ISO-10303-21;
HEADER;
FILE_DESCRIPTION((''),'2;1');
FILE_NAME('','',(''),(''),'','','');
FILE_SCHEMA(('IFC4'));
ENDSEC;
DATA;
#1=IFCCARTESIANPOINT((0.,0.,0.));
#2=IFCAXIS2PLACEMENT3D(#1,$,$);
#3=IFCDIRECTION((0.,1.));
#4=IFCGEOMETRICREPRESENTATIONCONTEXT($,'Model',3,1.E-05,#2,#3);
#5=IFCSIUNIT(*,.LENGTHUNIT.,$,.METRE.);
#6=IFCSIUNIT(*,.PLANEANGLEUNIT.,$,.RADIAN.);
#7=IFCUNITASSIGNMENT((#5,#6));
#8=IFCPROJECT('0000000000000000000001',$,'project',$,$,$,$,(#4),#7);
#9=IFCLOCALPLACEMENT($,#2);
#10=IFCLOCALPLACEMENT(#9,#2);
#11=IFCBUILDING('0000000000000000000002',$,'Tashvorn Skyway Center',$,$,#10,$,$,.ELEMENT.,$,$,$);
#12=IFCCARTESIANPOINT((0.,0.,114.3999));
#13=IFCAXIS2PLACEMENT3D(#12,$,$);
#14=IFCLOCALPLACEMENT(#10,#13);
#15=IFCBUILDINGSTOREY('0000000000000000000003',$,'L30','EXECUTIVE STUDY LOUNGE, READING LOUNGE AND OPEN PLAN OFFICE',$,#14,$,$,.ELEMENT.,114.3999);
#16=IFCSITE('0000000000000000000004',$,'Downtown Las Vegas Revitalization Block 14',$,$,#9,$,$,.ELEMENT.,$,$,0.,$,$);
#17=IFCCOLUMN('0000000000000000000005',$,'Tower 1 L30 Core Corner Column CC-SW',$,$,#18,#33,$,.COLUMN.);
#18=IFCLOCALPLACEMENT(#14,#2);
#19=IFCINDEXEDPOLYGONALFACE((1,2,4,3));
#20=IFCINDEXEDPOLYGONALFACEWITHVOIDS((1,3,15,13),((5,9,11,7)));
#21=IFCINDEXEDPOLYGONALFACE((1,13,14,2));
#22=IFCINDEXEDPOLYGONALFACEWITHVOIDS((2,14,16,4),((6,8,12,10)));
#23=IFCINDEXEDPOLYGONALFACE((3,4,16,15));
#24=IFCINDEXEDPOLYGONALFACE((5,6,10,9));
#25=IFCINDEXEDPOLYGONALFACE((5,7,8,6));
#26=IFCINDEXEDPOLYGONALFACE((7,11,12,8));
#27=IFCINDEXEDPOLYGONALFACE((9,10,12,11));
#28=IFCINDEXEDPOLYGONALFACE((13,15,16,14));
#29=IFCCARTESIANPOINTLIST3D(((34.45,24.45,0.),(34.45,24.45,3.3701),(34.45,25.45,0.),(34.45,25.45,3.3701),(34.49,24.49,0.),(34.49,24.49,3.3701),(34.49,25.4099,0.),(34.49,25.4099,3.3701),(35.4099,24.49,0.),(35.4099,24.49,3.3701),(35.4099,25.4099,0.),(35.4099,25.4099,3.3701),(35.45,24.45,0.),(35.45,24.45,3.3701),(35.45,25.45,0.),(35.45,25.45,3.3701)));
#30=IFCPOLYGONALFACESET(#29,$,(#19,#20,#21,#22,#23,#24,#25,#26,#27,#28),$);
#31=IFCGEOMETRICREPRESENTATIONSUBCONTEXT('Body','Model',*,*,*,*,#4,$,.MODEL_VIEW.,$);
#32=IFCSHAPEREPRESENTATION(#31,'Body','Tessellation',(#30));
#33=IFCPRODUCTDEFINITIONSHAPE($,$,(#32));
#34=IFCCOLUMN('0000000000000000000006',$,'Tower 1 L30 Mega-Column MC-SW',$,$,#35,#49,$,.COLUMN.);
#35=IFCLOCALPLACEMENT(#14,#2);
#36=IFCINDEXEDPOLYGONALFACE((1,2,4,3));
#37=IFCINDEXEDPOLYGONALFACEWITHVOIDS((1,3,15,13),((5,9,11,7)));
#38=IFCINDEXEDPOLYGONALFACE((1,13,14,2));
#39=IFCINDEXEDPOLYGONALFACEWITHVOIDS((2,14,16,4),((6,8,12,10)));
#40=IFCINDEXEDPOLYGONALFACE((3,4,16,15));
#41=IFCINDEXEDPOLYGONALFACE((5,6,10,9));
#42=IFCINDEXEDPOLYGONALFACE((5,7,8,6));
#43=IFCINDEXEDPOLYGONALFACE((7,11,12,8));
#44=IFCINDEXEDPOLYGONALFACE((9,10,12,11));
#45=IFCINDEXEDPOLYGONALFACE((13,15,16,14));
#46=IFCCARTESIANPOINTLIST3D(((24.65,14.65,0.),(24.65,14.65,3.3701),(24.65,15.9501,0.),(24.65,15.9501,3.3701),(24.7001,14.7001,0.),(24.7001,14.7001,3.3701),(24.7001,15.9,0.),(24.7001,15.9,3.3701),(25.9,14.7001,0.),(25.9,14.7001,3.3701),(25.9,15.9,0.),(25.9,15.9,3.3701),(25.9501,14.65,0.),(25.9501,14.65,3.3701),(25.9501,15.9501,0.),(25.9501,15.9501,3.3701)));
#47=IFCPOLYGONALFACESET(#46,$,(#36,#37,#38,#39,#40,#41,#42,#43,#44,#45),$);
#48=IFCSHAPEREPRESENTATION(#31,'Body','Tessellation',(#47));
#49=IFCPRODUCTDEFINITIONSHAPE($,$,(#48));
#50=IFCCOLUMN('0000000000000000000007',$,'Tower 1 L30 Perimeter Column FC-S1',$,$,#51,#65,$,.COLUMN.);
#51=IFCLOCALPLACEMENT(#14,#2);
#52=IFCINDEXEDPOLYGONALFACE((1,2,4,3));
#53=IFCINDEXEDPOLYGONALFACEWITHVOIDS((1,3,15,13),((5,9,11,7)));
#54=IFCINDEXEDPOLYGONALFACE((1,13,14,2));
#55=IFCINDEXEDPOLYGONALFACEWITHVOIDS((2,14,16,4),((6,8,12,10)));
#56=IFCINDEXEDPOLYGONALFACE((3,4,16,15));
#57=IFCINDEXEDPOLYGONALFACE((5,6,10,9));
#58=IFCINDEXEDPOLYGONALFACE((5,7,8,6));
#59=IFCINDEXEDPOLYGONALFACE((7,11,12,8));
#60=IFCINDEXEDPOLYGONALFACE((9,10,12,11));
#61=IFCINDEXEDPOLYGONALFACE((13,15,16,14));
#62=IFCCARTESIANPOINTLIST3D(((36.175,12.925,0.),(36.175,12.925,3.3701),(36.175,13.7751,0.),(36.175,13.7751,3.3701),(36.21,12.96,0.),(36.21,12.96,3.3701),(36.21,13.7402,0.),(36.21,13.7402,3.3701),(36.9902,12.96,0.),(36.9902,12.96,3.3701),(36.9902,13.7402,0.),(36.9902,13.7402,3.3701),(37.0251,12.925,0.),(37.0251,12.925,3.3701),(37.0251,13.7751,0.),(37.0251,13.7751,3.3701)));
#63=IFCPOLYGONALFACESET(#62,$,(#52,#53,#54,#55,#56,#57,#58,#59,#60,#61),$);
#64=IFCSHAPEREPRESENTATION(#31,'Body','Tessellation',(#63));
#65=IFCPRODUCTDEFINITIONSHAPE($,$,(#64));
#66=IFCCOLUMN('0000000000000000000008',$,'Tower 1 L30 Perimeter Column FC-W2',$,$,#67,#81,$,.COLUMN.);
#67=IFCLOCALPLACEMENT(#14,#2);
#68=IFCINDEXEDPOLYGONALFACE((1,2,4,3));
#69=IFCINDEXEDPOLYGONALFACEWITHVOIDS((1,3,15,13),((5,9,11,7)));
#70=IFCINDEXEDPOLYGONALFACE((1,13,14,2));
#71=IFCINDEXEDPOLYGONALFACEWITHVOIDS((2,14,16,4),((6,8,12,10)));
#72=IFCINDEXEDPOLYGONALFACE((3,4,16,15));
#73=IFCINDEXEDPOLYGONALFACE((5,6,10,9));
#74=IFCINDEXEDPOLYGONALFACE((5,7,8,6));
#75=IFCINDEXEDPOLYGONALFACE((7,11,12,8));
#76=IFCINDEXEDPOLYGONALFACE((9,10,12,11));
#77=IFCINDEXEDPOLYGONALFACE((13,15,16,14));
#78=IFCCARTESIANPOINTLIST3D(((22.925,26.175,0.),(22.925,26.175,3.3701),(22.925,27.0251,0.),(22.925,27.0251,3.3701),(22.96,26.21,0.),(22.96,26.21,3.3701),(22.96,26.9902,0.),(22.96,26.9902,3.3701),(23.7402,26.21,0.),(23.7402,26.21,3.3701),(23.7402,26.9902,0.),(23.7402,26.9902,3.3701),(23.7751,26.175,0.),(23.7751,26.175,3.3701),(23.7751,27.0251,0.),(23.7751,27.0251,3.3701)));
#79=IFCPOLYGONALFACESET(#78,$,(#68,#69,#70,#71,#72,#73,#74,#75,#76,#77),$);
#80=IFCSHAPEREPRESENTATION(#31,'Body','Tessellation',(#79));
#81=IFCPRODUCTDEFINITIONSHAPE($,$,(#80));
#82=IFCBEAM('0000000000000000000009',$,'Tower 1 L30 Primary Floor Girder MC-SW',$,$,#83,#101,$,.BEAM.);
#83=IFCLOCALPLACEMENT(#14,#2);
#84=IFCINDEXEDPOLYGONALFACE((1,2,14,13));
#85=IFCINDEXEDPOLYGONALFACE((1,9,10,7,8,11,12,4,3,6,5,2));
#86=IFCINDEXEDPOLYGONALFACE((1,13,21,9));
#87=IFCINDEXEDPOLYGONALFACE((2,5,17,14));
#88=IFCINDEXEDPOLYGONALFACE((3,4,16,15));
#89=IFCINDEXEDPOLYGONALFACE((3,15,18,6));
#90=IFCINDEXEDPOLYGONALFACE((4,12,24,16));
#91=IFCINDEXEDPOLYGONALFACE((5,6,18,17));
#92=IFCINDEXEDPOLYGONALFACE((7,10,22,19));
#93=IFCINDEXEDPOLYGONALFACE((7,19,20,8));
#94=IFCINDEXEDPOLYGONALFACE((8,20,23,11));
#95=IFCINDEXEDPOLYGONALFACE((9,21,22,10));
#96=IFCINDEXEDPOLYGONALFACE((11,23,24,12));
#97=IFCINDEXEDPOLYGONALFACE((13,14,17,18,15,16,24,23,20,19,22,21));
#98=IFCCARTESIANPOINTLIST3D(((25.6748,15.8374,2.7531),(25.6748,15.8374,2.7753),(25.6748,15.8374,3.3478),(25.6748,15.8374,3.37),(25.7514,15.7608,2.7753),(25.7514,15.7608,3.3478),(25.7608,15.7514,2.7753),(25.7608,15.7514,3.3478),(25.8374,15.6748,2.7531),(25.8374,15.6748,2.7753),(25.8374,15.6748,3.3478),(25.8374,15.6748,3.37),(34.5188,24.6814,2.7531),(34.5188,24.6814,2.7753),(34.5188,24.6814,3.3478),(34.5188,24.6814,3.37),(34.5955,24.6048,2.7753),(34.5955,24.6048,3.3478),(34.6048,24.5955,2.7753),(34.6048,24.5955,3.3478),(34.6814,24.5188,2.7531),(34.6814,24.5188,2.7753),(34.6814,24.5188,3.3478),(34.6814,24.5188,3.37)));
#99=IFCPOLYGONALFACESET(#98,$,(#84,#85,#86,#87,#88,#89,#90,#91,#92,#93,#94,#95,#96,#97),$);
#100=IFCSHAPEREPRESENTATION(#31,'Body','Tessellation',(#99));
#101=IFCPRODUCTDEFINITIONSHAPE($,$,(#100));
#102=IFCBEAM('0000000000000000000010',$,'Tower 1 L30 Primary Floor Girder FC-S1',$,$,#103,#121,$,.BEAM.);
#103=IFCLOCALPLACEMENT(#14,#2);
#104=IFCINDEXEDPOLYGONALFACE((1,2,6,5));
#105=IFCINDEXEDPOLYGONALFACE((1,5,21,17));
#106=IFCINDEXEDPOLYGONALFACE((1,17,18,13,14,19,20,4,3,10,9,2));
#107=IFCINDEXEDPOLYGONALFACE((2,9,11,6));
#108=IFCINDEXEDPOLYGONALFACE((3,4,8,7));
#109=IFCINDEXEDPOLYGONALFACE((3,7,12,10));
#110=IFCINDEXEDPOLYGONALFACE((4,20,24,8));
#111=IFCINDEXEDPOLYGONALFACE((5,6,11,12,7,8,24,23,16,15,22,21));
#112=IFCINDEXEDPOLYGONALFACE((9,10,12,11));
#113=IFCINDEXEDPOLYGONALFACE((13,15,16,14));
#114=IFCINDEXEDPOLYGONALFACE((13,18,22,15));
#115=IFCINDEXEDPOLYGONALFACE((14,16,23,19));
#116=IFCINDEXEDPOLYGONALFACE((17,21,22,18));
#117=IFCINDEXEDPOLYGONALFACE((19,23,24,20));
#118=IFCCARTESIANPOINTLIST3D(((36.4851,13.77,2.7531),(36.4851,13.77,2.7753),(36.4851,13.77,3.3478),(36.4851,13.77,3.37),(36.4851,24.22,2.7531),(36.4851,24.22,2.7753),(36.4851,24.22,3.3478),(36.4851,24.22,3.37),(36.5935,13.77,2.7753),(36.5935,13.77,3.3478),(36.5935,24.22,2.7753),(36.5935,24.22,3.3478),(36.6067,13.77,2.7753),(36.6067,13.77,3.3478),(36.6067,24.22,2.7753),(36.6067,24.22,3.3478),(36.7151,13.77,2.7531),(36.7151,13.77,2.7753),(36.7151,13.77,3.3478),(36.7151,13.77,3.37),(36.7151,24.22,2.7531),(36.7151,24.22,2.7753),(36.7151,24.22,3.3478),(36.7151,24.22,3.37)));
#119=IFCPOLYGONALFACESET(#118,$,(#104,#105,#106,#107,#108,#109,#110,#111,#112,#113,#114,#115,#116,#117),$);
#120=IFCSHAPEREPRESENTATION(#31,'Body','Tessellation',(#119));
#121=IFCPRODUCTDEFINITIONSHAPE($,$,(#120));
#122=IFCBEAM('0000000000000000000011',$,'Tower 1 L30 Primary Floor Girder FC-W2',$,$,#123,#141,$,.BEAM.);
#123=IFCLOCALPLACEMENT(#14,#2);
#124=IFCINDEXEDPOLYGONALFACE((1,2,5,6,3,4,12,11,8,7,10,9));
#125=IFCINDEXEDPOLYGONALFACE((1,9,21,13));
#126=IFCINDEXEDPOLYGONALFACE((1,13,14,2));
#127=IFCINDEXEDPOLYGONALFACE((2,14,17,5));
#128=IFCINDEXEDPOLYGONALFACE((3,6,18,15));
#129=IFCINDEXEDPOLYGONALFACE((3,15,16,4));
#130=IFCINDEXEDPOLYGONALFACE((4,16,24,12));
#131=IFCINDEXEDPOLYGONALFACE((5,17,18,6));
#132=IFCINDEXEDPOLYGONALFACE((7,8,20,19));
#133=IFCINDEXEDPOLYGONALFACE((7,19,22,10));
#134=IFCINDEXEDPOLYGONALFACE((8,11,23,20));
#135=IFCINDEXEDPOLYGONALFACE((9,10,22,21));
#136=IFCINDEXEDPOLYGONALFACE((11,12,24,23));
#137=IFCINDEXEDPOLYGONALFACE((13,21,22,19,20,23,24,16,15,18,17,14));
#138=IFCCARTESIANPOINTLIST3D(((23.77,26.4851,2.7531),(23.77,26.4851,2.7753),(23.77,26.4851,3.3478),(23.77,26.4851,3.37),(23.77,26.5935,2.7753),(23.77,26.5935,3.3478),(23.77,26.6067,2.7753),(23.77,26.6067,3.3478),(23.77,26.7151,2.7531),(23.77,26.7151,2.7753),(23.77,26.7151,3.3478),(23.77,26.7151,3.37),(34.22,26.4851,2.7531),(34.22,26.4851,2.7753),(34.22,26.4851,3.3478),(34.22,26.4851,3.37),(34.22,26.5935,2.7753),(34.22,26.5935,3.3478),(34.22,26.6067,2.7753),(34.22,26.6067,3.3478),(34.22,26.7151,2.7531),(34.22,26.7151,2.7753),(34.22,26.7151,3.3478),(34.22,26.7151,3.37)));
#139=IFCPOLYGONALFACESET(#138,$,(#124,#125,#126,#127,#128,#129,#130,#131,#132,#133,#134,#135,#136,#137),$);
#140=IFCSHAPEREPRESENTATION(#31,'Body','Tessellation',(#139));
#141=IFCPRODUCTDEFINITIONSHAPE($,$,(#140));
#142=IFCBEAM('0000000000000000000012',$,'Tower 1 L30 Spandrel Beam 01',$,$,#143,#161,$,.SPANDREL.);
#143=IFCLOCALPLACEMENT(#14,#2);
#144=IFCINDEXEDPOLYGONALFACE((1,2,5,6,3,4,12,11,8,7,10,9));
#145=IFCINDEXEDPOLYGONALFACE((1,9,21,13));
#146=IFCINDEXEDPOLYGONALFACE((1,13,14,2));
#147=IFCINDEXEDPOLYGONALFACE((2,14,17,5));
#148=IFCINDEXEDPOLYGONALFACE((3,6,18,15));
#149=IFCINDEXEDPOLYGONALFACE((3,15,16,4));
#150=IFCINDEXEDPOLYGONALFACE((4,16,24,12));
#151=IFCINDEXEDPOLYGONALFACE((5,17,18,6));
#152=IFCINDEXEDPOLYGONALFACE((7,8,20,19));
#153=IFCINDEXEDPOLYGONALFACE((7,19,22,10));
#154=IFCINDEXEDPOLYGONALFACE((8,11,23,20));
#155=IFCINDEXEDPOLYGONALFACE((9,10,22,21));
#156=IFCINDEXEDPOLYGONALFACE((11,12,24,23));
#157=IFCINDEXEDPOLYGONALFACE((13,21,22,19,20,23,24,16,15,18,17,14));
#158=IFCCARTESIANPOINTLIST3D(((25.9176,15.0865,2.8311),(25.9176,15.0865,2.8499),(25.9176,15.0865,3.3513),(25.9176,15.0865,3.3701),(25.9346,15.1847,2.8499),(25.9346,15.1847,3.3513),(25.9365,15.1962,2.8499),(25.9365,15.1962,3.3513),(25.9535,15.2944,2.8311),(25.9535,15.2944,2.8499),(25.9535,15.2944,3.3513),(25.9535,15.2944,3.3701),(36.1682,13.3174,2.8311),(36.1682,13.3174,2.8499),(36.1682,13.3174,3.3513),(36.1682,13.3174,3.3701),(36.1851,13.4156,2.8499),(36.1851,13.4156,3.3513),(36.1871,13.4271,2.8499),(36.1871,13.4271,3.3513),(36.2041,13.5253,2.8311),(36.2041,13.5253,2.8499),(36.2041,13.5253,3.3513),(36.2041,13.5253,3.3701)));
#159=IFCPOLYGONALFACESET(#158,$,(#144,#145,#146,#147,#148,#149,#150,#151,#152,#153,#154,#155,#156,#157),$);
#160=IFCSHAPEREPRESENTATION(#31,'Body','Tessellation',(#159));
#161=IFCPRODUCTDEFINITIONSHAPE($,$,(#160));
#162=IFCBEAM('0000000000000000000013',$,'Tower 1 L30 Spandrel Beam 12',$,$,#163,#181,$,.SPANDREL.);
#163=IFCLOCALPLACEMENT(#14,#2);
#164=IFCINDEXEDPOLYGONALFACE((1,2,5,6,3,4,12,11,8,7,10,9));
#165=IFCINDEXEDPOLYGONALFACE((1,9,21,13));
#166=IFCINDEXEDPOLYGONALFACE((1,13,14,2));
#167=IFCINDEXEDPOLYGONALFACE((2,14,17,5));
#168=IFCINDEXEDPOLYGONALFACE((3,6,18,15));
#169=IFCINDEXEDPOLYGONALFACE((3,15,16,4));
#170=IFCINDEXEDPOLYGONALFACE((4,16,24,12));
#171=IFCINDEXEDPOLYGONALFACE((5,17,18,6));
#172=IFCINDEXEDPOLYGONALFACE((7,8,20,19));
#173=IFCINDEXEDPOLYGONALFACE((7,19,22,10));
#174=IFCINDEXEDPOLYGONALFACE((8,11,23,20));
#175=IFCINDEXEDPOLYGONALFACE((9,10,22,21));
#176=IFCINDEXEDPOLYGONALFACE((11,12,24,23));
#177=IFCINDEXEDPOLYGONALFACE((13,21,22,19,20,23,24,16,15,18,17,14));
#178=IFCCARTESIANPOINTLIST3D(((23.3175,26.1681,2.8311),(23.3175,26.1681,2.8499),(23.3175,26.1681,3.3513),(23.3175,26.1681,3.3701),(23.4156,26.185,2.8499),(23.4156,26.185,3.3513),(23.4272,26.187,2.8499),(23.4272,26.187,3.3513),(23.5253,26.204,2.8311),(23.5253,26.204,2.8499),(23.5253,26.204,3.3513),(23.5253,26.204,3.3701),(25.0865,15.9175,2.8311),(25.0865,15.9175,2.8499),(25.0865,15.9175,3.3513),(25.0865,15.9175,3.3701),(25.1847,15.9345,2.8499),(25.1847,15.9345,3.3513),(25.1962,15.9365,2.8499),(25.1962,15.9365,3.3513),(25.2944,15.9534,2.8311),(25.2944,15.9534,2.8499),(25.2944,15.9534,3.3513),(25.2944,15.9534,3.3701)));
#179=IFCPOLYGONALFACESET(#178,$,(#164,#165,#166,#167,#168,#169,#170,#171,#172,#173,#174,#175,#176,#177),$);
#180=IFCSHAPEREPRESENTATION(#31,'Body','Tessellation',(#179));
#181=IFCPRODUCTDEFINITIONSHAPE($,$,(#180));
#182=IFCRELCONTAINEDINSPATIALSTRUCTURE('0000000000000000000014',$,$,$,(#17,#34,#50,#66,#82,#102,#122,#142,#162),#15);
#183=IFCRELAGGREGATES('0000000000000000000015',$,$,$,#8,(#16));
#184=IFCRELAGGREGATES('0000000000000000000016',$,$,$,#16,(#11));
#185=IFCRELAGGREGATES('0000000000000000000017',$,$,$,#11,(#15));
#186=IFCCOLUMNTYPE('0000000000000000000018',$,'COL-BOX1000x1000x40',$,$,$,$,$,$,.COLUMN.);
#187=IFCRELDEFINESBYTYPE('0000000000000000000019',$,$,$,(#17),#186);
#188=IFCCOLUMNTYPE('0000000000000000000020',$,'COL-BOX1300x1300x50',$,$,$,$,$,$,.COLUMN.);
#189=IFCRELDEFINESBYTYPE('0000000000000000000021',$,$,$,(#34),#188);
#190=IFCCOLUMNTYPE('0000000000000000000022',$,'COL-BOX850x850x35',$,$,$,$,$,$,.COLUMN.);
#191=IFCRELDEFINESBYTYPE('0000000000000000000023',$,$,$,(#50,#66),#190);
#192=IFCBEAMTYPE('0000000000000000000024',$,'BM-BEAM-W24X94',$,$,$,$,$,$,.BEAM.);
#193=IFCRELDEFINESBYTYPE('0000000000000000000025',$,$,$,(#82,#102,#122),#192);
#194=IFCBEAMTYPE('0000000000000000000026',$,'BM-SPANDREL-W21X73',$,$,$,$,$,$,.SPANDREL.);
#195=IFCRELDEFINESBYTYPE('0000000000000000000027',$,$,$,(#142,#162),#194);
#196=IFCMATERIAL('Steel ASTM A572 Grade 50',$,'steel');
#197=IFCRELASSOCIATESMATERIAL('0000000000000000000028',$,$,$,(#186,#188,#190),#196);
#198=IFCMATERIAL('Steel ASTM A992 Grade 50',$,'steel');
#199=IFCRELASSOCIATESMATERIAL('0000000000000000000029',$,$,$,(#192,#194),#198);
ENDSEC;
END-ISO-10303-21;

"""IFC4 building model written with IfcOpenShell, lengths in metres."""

from ifc_helpers import new_model, si_unit, direction, frame, origin, origin_2d, place, context, subcontext, project, spatial, hollow_rectangle, i_section, extrude, material, material_profile, profile_set, type_object, element, save


model = new_model("IFC4")

# Units and contexts
model_context = context("Model", 3, precision=1e-05, world=origin(), true_north=direction((0.0, 1.0)))
body_context = subcontext(model_context, "Body", "Model", "MODEL_VIEW")
ifc_project = project(units=[si_unit("LENGTHUNIT", "METRE"), si_unit("PLANEANGLEUNIT", "RADIAN")], contexts=[model_context])

# Site, building, storey
site_placement = place(None, origin())
site = spatial("IfcSite", under=ifc_project, at=site_placement, Name="Downtown Las Vegas Revitalization Block 14", CompositionType="ELEMENT", RefElevation=0.0)
building_placement = place(site_placement, origin())
building = spatial("IfcBuilding", under=site, at=building_placement, Name="Tashvorn Skyway Center", CompositionType="ELEMENT")
storey_placement = place(building_placement, frame((0.0, 0.0, 114.3999)))
storey = spatial("IfcBuildingStorey", under=building, at=storey_placement, Name="L30", Description="EXECUTIVE STUDY LOUNGE, READING LOUNGE AND OPEN PLAN OFFICE", CompositionType="ELEMENT", Elevation=114.3999)

# Columns
ifc_material_1 = material(Name="Steel ASTM A572 Grade 50", Category="steel")
ifc_material_profile_1 = material_profile(ifc_material_1, hollow_rectangle(XDim=1.0, YDim=1.0, WallThickness=0.04, at=origin_2d()), Name="BOX1000x1000x40")
ifc_profile_set_1 = profile_set([ifc_material_profile_1], Name="Steel ASTM A572 Grade 50")
column_type_1 = type_object("IfcColumnType", Name="COL-BOX1000x1000x40", PredefinedType="COLUMN", material=ifc_profile_set_1)
column_1_placement = place(storey_placement, frame((34.95, 24.95, 0.0), z_axis=(0.0, 0.0, 1.0), x_axis=(1.0, 0.0, 0.0)))
element("IfcColumn", 1, at=column_1_placement, inside=storey, type_object=column_type_1, Name="Tower 1 L30 Core Corner Column CC-SW", PredefinedType="COLUMN", context=body_context, shape_type="SweptSolid", body=[
    extrude(hollow_rectangle(XDim=1.0, YDim=1.0, WallThickness=0.04, at=origin_2d()), origin(), (0.0, 0.0, 1.0), 3.3701),
])
ifc_material_profile_2 = material_profile(ifc_material_1, hollow_rectangle(XDim=1.3, YDim=1.3, WallThickness=0.05, at=origin_2d()), Name="BOX1300x1300x50")
ifc_profile_set_2 = profile_set([ifc_material_profile_2], Name="Steel ASTM A572 Grade 50")
column_type_2 = type_object("IfcColumnType", Name="COL-BOX1300x1300x50", PredefinedType="COLUMN", material=ifc_profile_set_2)
column_2_placement = place(storey_placement, frame((25.3, 15.3, 0.0), z_axis=(0.0, 0.0, 1.0), x_axis=(1.0, 0.0, 0.0)))
element("IfcColumn", 2, at=column_2_placement, inside=storey, type_object=column_type_2, Name="Tower 1 L30 Mega-Column MC-SW", PredefinedType="COLUMN", context=body_context, shape_type="SweptSolid", body=[
    extrude(hollow_rectangle(XDim=1.3, YDim=1.3, WallThickness=0.05, at=origin_2d()), origin(), (0.0, 0.0, 1.0), 3.3701),
])
ifc_material_profile_3 = material_profile(ifc_material_1, hollow_rectangle(XDim=0.8501, YDim=0.8501, WallThickness=0.0349, at=origin_2d()), Name="BOX850x850x35")
ifc_profile_set_3 = profile_set([ifc_material_profile_3], Name="Steel ASTM A572 Grade 50")
column_type_3 = type_object("IfcColumnType", Name="COL-BOX850x850x35", PredefinedType="COLUMN", material=ifc_profile_set_3)
for number, where, z_axis, x_axis, name in (
    (3, (36.6001, 13.3501, 0.0), (0.0, 0.0, 1.0), (1.0, 0.0, 0.0), "Tower 1 L30 Perimeter Column FC-S1"),
    (4, (23.3501, 26.6001, 0.0), (0.0, 0.0, 1.0), (1.0, 0.0, 0.0), "Tower 1 L30 Perimeter Column FC-W2"),
):
    element("IfcColumn", number, at=place(storey_placement, frame(where, z_axis=z_axis, x_axis=x_axis)), inside=storey, type_object=column_type_3, Name=name, PredefinedType="COLUMN", context=body_context, shape_type="SweptSolid", body=[
        extrude(hollow_rectangle(XDim=0.8501, YDim=0.8501, WallThickness=0.0349, at=origin_2d()), origin(), (0.0, 0.0, 1.0), 3.3701),
    ])

# Beams
ifc_material_2 = material(Name="Steel ASTM A992 Grade 50", Category="steel")
ifc_material_profile_4 = material_profile(ifc_material_2, i_section(OverallWidth=0.23, OverallDepth=0.6169, WebThickness=0.0132, FlangeThickness=0.0222, at=origin_2d()), Name="W24X94")
ifc_profile_set_4 = profile_set([ifc_material_profile_4], Name="Steel ASTM A992 Grade 50")
beam_type_1 = type_object("IfcBeamType", Name="BM-BEAM-W24X94", PredefinedType="BEAM", material=ifc_profile_set_4)
beam_placement = place(storey_placement, frame((25.7561, 15.7561, 3.0615), z_axis=(0.707107, 0.707107, 0.0), x_axis=(-0.707107, 0.707107, 0.0)))
element("IfcBeam", 5, at=beam_placement, inside=storey, type_object=beam_type_1, Name="Tower 1 L30 Primary Floor Girder MC-SW", PredefinedType="BEAM", context=body_context, shape_type="SweptSolid", body=[
    extrude(i_section(OverallWidth=0.23, OverallDepth=0.6169, WebThickness=0.0132, FlangeThickness=0.0222, at=origin_2d()), origin(), (0.0, 0.0, 1.0), 12.5073),
])
for number, where, z_axis, x_axis, name in (
    (6, (36.6001, 13.77, 3.0615), (0.0, 1.0, 0.0), (-1.0, 0.0, 0.0), "Tower 1 L30 Primary Floor Girder FC-S1"),
    (7, (23.77, 26.6001, 3.0615), (1.0, 0.0, 0.0), (0.0, 1.0, 0.0), "Tower 1 L30 Primary Floor Girder FC-W2"),
):
    element("IfcBeam", number, at=place(storey_placement, frame(where, z_axis=z_axis, x_axis=x_axis)), inside=storey, type_object=beam_type_1, Name=name, PredefinedType="BEAM", context=body_context, shape_type="SweptSolid", body=[
        extrude(i_section(OverallWidth=0.23, OverallDepth=0.6169, WebThickness=0.0132, FlangeThickness=0.0222, at=origin_2d()), origin(), (0.0, 0.0, 1.0), 10.45),
    ])
ifc_material_profile_5 = material_profile(ifc_material_2, i_section(OverallWidth=0.2109, OverallDepth=0.5391, WebThickness=0.0117, FlangeThickness=0.0188, at=origin_2d()), Name="W21X73")
ifc_profile_set_5 = profile_set([ifc_material_profile_5], Name="Steel ASTM A992 Grade 50")
beam_type_2 = type_object("IfcBeamType", Name="BM-SPANDREL-W21X73", PredefinedType="SPANDREL", material=ifc_profile_set_5)
for number, where, z_axis, x_axis, name in (
    (8, (25.9355, 15.1904, 3.1006), (0.985432, -0.170067, 0.0), (0.170067, 0.985432, 0.0), "Tower 1 L30 Spandrel Beam 01"),
    (9, (23.4214, 26.186, 3.1006), (0.170067, -0.985432, 0.0), (0.985432, 0.170067, 0.0), "Tower 1 L30 Spandrel Beam 12"),
):
    element("IfcBeam", number, at=place(storey_placement, frame(where, z_axis=z_axis, x_axis=x_axis)), inside=storey, type_object=beam_type_2, Name=name, PredefinedType="SPANDREL", context=body_context, shape_type="SweptSolid", body=[
        extrude(i_section(OverallWidth=0.2109, OverallDepth=0.5391, WebThickness=0.0117, FlangeThickness=0.0188, at=origin_2d()), origin(), (0.0, 0.0, 1.0), 10.4021),
    ])

save(model, "model.ifc")
